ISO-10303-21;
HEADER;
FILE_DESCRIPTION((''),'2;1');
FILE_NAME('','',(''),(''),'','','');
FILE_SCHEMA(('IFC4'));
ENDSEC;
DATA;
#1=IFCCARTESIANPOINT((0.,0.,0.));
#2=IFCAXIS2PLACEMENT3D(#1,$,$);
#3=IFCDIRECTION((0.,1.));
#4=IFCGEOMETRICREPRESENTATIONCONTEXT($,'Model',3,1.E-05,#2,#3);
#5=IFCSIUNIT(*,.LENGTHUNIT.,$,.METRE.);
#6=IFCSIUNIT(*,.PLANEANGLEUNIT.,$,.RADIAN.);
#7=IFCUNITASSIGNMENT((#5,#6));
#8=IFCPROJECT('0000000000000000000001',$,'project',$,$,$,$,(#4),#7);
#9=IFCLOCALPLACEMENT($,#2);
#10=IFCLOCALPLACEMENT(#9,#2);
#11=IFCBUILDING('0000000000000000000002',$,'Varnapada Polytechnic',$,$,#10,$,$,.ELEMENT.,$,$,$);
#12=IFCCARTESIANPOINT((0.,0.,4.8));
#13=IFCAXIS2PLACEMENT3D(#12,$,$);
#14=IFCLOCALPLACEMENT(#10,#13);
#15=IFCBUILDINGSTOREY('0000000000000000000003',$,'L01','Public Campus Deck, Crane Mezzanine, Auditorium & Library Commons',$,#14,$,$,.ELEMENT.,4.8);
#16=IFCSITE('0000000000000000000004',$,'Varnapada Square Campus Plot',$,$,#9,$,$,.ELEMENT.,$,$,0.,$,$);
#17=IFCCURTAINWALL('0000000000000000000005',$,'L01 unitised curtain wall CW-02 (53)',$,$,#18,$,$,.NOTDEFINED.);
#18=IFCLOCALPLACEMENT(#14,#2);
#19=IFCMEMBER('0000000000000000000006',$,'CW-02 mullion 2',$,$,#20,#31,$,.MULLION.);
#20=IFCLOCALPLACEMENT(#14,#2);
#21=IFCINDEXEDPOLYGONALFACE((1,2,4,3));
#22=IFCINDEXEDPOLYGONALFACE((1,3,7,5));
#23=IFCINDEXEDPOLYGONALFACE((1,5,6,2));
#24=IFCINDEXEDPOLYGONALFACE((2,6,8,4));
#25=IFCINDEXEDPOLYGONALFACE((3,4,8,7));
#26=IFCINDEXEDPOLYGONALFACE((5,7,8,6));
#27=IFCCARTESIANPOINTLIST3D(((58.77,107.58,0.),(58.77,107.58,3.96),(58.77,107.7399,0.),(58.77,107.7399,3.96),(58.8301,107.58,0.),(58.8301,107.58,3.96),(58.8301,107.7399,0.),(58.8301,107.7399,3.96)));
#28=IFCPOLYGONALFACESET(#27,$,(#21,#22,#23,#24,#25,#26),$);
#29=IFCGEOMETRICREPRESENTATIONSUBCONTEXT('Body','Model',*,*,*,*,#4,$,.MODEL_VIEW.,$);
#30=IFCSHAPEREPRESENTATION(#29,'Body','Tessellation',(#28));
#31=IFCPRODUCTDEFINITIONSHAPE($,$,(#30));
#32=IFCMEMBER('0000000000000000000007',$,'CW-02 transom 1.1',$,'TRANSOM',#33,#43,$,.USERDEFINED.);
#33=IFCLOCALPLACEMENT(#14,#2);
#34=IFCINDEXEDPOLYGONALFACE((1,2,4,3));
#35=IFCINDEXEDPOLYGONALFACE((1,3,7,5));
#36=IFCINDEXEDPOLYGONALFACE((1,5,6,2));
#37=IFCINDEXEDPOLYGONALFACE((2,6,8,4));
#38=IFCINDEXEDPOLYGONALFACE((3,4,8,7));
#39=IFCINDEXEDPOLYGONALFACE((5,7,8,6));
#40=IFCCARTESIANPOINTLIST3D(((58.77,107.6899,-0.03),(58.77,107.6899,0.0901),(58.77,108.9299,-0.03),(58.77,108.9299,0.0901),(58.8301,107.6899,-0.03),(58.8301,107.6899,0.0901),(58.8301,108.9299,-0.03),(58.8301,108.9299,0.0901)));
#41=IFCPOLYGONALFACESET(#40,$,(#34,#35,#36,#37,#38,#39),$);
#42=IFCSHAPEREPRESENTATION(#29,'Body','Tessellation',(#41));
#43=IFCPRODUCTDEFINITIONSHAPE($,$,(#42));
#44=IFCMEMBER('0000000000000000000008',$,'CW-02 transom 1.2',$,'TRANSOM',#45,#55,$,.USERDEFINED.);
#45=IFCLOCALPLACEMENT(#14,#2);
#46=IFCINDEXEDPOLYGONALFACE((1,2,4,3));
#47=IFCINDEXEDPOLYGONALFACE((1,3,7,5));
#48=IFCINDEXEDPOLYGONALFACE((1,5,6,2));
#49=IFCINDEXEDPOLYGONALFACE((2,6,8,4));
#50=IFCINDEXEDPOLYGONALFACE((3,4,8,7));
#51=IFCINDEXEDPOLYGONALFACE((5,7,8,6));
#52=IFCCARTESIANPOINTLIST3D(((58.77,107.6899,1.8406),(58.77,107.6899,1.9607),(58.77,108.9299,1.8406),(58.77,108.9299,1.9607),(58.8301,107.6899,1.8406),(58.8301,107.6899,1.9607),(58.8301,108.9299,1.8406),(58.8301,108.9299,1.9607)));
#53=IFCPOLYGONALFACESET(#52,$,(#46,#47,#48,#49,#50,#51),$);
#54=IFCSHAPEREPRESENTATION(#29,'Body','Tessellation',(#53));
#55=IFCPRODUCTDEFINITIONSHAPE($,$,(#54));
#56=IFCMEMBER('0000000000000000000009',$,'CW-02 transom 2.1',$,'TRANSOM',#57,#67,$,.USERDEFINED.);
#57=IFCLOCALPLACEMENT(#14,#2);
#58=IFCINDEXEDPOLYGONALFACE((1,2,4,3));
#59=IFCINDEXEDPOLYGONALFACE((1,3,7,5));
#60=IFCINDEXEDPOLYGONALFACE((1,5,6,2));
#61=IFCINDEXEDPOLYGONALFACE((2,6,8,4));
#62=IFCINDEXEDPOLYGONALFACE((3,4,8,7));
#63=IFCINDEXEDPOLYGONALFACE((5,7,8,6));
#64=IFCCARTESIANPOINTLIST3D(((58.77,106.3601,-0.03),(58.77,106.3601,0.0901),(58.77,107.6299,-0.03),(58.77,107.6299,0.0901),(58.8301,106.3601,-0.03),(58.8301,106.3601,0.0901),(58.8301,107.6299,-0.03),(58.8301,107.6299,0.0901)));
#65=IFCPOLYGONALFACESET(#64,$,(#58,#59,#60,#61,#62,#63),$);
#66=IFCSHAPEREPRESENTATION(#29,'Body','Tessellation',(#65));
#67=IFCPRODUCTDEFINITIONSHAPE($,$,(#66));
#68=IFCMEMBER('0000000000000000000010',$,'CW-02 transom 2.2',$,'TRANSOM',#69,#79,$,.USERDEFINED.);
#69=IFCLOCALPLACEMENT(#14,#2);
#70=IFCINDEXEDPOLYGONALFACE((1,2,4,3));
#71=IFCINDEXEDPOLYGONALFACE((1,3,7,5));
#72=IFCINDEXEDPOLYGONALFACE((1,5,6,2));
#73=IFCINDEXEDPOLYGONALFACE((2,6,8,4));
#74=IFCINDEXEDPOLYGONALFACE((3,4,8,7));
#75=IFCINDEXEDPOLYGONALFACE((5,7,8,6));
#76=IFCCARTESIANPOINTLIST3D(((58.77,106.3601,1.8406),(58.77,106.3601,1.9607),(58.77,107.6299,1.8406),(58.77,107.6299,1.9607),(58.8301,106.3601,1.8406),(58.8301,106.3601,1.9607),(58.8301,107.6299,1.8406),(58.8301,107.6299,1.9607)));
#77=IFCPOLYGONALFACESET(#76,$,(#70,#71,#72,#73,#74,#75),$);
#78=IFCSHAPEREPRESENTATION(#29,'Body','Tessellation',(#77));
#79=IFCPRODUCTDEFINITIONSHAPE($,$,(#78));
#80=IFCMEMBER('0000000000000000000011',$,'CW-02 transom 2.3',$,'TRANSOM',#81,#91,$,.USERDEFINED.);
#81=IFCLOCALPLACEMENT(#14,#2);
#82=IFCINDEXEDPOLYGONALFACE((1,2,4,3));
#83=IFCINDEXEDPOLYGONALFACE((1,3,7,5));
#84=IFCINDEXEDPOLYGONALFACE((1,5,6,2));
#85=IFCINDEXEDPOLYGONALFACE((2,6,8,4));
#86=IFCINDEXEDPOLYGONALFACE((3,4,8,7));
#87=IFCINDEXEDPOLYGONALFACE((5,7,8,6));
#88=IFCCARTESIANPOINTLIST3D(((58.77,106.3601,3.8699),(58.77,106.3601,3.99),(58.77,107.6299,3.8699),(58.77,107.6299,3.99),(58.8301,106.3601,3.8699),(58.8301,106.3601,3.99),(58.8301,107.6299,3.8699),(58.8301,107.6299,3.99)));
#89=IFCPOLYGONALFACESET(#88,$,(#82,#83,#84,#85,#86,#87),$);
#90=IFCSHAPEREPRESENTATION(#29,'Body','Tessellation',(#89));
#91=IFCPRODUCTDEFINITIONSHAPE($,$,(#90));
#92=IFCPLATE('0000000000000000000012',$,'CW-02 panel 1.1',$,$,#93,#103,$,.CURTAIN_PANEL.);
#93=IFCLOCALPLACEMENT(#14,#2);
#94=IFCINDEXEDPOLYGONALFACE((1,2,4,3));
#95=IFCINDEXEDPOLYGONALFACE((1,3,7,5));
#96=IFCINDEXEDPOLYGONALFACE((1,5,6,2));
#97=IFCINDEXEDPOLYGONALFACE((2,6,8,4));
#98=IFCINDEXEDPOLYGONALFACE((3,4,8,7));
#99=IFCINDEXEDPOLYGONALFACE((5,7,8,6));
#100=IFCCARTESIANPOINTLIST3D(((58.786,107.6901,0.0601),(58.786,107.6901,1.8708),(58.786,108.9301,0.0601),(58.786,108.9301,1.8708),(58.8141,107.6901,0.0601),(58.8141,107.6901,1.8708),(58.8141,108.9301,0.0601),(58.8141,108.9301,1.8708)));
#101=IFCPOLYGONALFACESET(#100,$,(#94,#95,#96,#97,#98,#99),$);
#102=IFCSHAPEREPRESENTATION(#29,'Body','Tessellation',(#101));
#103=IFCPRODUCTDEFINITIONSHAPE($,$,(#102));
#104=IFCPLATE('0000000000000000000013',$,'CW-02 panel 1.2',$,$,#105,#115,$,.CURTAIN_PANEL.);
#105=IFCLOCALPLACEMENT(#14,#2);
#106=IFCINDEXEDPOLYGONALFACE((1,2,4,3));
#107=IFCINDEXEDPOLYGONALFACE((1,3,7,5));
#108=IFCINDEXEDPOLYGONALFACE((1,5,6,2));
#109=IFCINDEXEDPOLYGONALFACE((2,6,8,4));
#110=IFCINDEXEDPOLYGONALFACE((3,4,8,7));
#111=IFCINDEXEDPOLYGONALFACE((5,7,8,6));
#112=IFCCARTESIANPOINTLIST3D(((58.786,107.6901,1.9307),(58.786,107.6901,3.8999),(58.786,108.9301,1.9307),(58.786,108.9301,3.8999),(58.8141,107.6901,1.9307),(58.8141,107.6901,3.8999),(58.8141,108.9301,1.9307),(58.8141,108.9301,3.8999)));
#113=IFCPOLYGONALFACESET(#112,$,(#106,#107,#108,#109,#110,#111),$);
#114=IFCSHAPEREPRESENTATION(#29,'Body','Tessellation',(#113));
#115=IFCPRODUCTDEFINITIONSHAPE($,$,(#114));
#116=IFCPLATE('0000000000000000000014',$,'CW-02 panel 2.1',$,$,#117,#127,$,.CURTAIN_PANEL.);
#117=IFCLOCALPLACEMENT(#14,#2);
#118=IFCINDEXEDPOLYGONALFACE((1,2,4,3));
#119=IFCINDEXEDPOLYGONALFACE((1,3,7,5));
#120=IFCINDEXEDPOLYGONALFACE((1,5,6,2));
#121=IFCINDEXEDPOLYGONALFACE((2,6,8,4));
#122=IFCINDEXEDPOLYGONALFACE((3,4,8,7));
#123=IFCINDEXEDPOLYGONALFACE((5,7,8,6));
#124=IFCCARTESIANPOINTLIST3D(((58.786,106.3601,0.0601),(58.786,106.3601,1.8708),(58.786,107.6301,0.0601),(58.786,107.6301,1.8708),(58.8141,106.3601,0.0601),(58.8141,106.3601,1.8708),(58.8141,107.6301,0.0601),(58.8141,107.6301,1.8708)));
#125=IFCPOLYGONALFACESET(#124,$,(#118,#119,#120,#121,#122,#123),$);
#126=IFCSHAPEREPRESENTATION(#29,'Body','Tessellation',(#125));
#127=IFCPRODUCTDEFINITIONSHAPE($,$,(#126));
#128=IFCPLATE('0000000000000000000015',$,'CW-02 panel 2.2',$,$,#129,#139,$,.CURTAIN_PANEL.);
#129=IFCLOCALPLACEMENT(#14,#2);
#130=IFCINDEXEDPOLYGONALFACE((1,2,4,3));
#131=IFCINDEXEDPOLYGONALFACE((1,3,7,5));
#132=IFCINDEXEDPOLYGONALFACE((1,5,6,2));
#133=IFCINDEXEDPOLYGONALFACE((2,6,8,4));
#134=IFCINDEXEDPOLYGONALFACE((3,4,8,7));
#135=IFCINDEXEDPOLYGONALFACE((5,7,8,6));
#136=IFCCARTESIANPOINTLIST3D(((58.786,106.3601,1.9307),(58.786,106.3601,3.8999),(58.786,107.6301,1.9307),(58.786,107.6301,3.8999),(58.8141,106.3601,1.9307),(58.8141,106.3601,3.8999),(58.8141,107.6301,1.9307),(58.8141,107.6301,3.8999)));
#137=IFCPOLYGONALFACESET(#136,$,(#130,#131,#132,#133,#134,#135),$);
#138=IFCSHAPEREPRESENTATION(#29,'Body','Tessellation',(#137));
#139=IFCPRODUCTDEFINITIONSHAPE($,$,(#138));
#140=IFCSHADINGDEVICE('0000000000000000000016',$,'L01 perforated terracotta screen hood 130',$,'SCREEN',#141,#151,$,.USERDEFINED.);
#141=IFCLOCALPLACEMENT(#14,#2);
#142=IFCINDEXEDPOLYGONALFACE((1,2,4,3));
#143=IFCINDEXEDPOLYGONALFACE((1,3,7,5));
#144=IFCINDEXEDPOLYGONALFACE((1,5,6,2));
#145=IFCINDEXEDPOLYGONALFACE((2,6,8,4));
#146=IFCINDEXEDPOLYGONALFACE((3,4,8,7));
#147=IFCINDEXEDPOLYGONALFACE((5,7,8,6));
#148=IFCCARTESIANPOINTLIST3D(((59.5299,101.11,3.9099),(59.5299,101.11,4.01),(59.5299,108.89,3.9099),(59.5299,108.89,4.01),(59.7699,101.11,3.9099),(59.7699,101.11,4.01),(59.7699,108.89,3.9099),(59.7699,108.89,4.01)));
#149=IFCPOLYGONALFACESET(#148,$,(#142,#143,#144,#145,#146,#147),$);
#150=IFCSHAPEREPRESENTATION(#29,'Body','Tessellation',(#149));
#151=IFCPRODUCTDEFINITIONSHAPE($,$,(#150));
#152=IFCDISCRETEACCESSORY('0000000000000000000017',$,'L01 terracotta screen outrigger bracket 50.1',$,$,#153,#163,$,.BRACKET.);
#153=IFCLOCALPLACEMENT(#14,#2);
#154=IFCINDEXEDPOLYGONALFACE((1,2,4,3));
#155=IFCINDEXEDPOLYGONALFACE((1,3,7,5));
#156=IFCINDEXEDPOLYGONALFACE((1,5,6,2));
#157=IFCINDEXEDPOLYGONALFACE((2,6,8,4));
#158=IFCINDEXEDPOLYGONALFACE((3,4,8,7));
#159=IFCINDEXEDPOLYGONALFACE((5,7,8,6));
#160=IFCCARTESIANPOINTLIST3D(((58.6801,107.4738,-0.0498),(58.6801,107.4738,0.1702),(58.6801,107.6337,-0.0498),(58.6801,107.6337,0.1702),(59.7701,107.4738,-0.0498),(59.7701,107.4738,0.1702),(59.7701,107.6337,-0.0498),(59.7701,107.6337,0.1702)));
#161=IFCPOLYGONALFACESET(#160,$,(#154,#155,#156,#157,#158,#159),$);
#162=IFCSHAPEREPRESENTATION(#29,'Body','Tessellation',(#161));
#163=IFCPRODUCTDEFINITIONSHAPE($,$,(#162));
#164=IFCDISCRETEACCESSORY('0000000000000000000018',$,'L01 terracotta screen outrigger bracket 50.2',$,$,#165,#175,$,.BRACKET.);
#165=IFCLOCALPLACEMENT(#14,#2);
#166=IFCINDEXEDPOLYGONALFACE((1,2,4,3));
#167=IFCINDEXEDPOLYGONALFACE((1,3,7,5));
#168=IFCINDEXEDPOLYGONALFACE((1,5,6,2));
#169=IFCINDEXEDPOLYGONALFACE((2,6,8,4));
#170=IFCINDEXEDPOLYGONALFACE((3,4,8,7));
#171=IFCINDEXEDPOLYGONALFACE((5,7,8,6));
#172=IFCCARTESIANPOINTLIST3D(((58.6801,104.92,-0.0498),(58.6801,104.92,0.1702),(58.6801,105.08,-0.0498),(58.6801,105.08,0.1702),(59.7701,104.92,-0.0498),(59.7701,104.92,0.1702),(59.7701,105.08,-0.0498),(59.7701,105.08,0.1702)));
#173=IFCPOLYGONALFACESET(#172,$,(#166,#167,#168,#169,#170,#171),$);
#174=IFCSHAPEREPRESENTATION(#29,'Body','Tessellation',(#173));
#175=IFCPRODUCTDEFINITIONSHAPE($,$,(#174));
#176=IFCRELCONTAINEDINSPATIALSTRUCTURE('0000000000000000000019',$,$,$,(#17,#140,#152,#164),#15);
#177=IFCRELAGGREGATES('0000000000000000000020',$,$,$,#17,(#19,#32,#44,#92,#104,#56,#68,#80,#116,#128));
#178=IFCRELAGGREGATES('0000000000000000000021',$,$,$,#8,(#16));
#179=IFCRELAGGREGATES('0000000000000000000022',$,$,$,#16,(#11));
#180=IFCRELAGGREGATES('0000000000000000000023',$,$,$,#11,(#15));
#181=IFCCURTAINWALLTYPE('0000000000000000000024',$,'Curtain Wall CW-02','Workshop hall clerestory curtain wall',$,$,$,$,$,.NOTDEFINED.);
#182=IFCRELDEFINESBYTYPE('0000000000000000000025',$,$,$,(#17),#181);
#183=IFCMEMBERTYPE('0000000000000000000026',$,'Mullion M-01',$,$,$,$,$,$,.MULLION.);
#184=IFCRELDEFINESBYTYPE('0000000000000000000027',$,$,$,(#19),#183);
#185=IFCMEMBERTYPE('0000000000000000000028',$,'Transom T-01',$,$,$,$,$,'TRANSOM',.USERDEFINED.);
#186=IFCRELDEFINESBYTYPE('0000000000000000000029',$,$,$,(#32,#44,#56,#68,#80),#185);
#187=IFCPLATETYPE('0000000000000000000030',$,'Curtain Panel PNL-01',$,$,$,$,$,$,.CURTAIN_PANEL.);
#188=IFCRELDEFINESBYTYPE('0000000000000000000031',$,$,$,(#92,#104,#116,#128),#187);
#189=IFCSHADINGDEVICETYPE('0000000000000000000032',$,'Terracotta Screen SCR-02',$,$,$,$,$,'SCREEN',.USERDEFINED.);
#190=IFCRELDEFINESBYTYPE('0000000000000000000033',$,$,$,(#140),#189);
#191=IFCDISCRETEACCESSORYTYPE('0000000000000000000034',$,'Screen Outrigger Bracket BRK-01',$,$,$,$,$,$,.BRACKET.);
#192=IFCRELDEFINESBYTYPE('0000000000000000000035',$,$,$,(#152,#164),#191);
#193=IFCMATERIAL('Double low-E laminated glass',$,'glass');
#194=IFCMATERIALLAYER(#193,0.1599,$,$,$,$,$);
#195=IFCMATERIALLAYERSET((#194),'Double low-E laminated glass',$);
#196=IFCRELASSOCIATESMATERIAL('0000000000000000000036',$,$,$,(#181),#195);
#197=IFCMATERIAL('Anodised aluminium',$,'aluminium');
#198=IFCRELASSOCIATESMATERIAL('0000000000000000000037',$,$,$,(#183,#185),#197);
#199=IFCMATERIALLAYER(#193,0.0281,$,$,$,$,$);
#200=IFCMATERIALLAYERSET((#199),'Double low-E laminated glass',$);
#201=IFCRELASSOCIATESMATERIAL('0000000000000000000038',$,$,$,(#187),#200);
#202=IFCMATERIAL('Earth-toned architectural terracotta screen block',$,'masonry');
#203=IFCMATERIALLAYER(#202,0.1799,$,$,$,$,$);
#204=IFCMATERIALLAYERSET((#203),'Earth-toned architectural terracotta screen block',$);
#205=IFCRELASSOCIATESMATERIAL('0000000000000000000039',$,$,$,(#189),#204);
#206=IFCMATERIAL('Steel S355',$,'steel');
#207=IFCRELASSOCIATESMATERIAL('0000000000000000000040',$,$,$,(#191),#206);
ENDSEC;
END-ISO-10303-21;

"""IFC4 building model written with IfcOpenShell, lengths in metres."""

from ifc_helpers import new_model, si_unit, direction, frame, origin, origin_2d, place, context, subcontext, project, spatial, rectangle, extrude, material, layer, layer_set, material_profile, profile_set, type_object, element, aggregate, save


model = new_model("IFC4")

# Units and contexts
model_context = context("Model", 3, precision=1e-05, world=origin(), true_north=direction((0.0, 1.0)))
body_context = subcontext(model_context, "Body", "Model", "MODEL_VIEW")
ifc_project = project(units=[si_unit("LENGTHUNIT", "METRE"), si_unit("PLANEANGLEUNIT", "RADIAN")], contexts=[model_context])

# Site, building, storey
site_placement = place(None, origin())
site = spatial("IfcSite", under=ifc_project, at=site_placement, Name="Varnapada Square Campus Plot", CompositionType="ELEMENT", RefElevation=0.0)
building_placement = place(site_placement, origin())
building = spatial("IfcBuilding", under=site, at=building_placement, Name="Varnapada Polytechnic", CompositionType="ELEMENT")
storey_placement = place(building_placement, frame((0.0, 0.0, 4.8)))
storey = spatial("IfcBuildingStorey", under=building, at=storey_placement, Name="L01", Description="Public Campus Deck, Crane Mezzanine, Auditorium & Library Commons", CompositionType="ELEMENT", Elevation=4.8)

# Curtain wall, members, plates
ifc_material_1 = material(Name="Double low-E laminated glass", Category="glass")
ifc_layer_1 = layer(ifc_material_1, 0.1599)
ifc_layer_set_1 = layer_set([ifc_layer_1], Name="Double low-E laminated glass")
curtain_wall_type = type_object("IfcCurtainWallType", Name="Curtain Wall CW-02", Description="Workshop hall clerestory curtain wall", PredefinedType="NOTDEFINED", material=ifc_layer_set_1)
curtain_wall_placement = place(storey_placement, origin())
curtain_wall = element("IfcCurtainWall", 1, at=curtain_wall_placement, inside=storey, type_object=curtain_wall_type, Name="L01 unitised curtain wall CW-02 (53)", PredefinedType="NOTDEFINED")
ifc_material_2 = material(Name="Anodised aluminium", Category="aluminium")
ifc_material_profile_1 = material_profile(ifc_material_2, rectangle(XDim=0.0601, YDim=0.1599, at=origin_2d()), Name="ALU M60x160")
ifc_profile_set_1 = profile_set([ifc_material_profile_1], Name="Anodised aluminium")
member_type_1 = type_object("IfcMemberType", Name="Mullion M-01", PredefinedType="MULLION", material=ifc_profile_set_1)
member_1_placement = place(storey_placement, frame((58.8, 107.6599, 0.0), z_axis=(0.0, 0.0, 1.0), x_axis=(1.0, 0.0, 0.0)))
member_1 = element("IfcMember", 2, at=member_1_placement, type_object=member_type_1, Name="CW-02 mullion 2", PredefinedType="MULLION", context=body_context, shape_type="SweptSolid", body=[
    extrude(rectangle(XDim=0.0601, YDim=0.1599, at=origin_2d()), origin(), (0.0, 0.0, 1.0), 3.96),
])
ifc_material_profile_2 = material_profile(ifc_material_2, rectangle(XDim=0.0601, YDim=0.1201, at=origin_2d()), Name="ALU T60x120")
ifc_profile_set_2 = profile_set([ifc_material_profile_2], Name="Anodised aluminium")
member_type_2 = type_object("IfcMemberType", Name="Transom T-01", ElementType="TRANSOM", PredefinedType="USERDEFINED", material=ifc_profile_set_2)
member_2_placement = place(storey_placement, frame((58.8, 108.9299, 0.03), z_axis=(0.0, -1.0, 0.0), x_axis=(1.0, 0.0, 0.0)))
member_2 = element("IfcMember", 3, at=member_2_placement, type_object=member_type_2, Name="CW-02 transom 1.1", ObjectType="TRANSOM", PredefinedType="USERDEFINED", context=body_context, shape_type="SweptSolid", body=[
    extrude(rectangle(XDim=0.0601, YDim=0.1201, at=origin_2d()), origin(), (0.0, 0.0, 1.0), 1.24),
])
member_3_placement = place(storey_placement, frame((58.8, 108.9299, 1.9006), z_axis=(0.0, -1.0, 0.0), x_axis=(1.0, 0.0, 0.0)))
member_3 = element("IfcMember", 4, at=member_3_placement, type_object=member_type_2, Name="CW-02 transom 1.2", ObjectType="TRANSOM", PredefinedType="USERDEFINED", context=body_context, shape_type="SweptSolid", body=[
    extrude(rectangle(XDim=0.0601, YDim=0.1201, at=origin_2d()), origin(), (0.0, 0.0, 1.0), 1.24),
])
member_4_placement = place(storey_placement, frame((58.8, 107.6299, 0.03), z_axis=(0.0, -1.0, 0.0), x_axis=(1.0, 0.0, 0.0)))
member_4 = element("IfcMember", 5, at=member_4_placement, type_object=member_type_2, Name="CW-02 transom 2.1", ObjectType="TRANSOM", PredefinedType="USERDEFINED", context=body_context, shape_type="SweptSolid", body=[
    extrude(rectangle(XDim=0.0601, YDim=0.1201, at=origin_2d()), origin(), (0.0, 0.0, 1.0), 1.2698),
])
member_5_placement = place(storey_placement, frame((58.8, 107.6299, 1.9006), z_axis=(0.0, -1.0, 0.0), x_axis=(1.0, 0.0, 0.0)))
member_5 = element("IfcMember", 6, at=member_5_placement, type_object=member_type_2, Name="CW-02 transom 2.2", ObjectType="TRANSOM", PredefinedType="USERDEFINED", context=body_context, shape_type="SweptSolid", body=[
    extrude(rectangle(XDim=0.0601, YDim=0.1201, at=origin_2d()), origin(), (0.0, 0.0, 1.0), 1.2698),
])
member_6_placement = place(storey_placement, frame((58.8, 107.6299, 3.9299), z_axis=(0.0, -1.0, 0.0), x_axis=(1.0, 0.0, 0.0)))
member_6 = element("IfcMember", 7, at=member_6_placement, type_object=member_type_2, Name="CW-02 transom 2.3", ObjectType="TRANSOM", PredefinedType="USERDEFINED", context=body_context, shape_type="SweptSolid", body=[
    extrude(rectangle(XDim=0.0601, YDim=0.1201, at=origin_2d()), origin(), (0.0, 0.0, 1.0), 1.2698),
])
ifc_layer_2 = layer(ifc_material_1, 0.0281)
ifc_layer_set_2 = layer_set([ifc_layer_2], Name="Double low-E laminated glass")
plate_type = type_object("IfcPlateType", Name="Curtain Panel PNL-01", PredefinedType="CURTAIN_PANEL", material=ifc_layer_set_2)
plate_1_placement = place(storey_placement, frame((58.8, 108.3101, 0.0601), z_axis=(0.0, 0.0, 1.0), x_axis=(0.0, -1.0, 0.0)))
plate_1 = element("IfcPlate", 8, at=plate_1_placement, type_object=plate_type, Name="CW-02 panel 1.1", PredefinedType="CURTAIN_PANEL", context=body_context, shape_type="SweptSolid", body=[
    extrude(rectangle(XDim=1.24, YDim=0.0281, at=origin_2d()), origin(), (0.0, 0.0, 1.0), 1.8108),
])
plate_2_placement = place(storey_placement, frame((58.8, 108.3101, 1.9307), z_axis=(0.0, 0.0, 1.0), x_axis=(0.0, -1.0, 0.0)))
plate_2 = element("IfcPlate", 9, at=plate_2_placement, type_object=plate_type, Name="CW-02 panel 1.2", PredefinedType="CURTAIN_PANEL", context=body_context, shape_type="SweptSolid", body=[
    extrude(rectangle(XDim=1.24, YDim=0.0281, at=origin_2d()), origin(), (0.0, 0.0, 1.0), 1.9692),
])
plate_3_placement = place(storey_placement, frame((58.8, 106.9951, 0.0601), z_axis=(0.0, 0.0, 1.0), x_axis=(0.0, -1.0, 0.0)))
plate_3 = element("IfcPlate", 10, at=plate_3_placement, type_object=plate_type, Name="CW-02 panel 2.1", PredefinedType="CURTAIN_PANEL", context=body_context, shape_type="SweptSolid", body=[
    extrude(rectangle(XDim=1.27, YDim=0.0281, at=origin_2d()), origin(), (0.0, 0.0, 1.0), 1.8108),
])
plate_4_placement = place(storey_placement, frame((58.8, 106.9951, 1.9307), z_axis=(0.0, 0.0, 1.0), x_axis=(0.0, -1.0, 0.0)))
plate_4 = element("IfcPlate", 11, at=plate_4_placement, type_object=plate_type, Name="CW-02 panel 2.2", PredefinedType="CURTAIN_PANEL", context=body_context, shape_type="SweptSolid", body=[
    extrude(rectangle(XDim=1.27, YDim=0.0281, at=origin_2d()), origin(), (0.0, 0.0, 1.0), 1.9692),
])
aggregate(curtain_wall, [member_1, member_2, member_3, plate_1, plate_2, member_4, member_5, member_6, plate_3, plate_4])

# Shading device
ifc_material_3 = material(Name="Earth-toned architectural terracotta screen block", Category="masonry")
ifc_layer_3 = layer(ifc_material_3, 0.1799)
ifc_layer_set_3 = layer_set([ifc_layer_3], Name="Earth-toned architectural terracotta screen block")
shading_device_type = type_object("IfcShadingDeviceType", Name="Terracotta Screen SCR-02", ElementType="SCREEN", PredefinedType="USERDEFINED", material=ifc_layer_set_3)
shading_device_placement = place(storey_placement, frame((59.6499, 105.0, 3.9099), z_axis=(0.0, 0.0, 1.0), x_axis=(0.0, -1.0, 0.0)))
element("IfcShadingDevice", 12, at=shading_device_placement, inside=storey, type_object=shading_device_type, Name="L01 perforated terracotta screen hood 130", ObjectType="SCREEN", PredefinedType="USERDEFINED", context=body_context, shape_type="SweptSolid", body=[
    extrude(rectangle(XDim=7.78, YDim=0.24, at=origin_2d()), origin(), (0.0, 0.0, 1.0), 0.1001),
])

# Discrete accessories
ifc_material_4 = material(Name="Steel S355", Category="steel")
discrete_accessory_type = type_object("IfcDiscreteAccessoryType", Name="Screen Outrigger Bracket BRK-01", PredefinedType="BRACKET", material=ifc_material_4)
for number, where, z_axis, x_axis, name in (
    (13, (59.2251, 107.5537, -0.0498), (0.0, 0.0, 1.0), (0.0, -1.0, 0.0), "L01 terracotta screen outrigger bracket 50.1"),
    (14, (59.2251, 105.0, -0.0498), (0.0, 0.0, 1.0), (0.0, -1.0, 0.0), "L01 terracotta screen outrigger bracket 50.2"),
):
    element("IfcDiscreteAccessory", number, at=place(storey_placement, frame(where, z_axis=z_axis, x_axis=x_axis)), inside=storey, type_object=discrete_accessory_type, Name=name, PredefinedType="BRACKET", context=body_context, shape_type="SweptSolid", body=[
        extrude(rectangle(XDim=0.1599, YDim=1.0901, at=origin_2d()), origin(), (0.0, 0.0, 1.0), 0.22),
    ])

save(model, "model.ifc")
